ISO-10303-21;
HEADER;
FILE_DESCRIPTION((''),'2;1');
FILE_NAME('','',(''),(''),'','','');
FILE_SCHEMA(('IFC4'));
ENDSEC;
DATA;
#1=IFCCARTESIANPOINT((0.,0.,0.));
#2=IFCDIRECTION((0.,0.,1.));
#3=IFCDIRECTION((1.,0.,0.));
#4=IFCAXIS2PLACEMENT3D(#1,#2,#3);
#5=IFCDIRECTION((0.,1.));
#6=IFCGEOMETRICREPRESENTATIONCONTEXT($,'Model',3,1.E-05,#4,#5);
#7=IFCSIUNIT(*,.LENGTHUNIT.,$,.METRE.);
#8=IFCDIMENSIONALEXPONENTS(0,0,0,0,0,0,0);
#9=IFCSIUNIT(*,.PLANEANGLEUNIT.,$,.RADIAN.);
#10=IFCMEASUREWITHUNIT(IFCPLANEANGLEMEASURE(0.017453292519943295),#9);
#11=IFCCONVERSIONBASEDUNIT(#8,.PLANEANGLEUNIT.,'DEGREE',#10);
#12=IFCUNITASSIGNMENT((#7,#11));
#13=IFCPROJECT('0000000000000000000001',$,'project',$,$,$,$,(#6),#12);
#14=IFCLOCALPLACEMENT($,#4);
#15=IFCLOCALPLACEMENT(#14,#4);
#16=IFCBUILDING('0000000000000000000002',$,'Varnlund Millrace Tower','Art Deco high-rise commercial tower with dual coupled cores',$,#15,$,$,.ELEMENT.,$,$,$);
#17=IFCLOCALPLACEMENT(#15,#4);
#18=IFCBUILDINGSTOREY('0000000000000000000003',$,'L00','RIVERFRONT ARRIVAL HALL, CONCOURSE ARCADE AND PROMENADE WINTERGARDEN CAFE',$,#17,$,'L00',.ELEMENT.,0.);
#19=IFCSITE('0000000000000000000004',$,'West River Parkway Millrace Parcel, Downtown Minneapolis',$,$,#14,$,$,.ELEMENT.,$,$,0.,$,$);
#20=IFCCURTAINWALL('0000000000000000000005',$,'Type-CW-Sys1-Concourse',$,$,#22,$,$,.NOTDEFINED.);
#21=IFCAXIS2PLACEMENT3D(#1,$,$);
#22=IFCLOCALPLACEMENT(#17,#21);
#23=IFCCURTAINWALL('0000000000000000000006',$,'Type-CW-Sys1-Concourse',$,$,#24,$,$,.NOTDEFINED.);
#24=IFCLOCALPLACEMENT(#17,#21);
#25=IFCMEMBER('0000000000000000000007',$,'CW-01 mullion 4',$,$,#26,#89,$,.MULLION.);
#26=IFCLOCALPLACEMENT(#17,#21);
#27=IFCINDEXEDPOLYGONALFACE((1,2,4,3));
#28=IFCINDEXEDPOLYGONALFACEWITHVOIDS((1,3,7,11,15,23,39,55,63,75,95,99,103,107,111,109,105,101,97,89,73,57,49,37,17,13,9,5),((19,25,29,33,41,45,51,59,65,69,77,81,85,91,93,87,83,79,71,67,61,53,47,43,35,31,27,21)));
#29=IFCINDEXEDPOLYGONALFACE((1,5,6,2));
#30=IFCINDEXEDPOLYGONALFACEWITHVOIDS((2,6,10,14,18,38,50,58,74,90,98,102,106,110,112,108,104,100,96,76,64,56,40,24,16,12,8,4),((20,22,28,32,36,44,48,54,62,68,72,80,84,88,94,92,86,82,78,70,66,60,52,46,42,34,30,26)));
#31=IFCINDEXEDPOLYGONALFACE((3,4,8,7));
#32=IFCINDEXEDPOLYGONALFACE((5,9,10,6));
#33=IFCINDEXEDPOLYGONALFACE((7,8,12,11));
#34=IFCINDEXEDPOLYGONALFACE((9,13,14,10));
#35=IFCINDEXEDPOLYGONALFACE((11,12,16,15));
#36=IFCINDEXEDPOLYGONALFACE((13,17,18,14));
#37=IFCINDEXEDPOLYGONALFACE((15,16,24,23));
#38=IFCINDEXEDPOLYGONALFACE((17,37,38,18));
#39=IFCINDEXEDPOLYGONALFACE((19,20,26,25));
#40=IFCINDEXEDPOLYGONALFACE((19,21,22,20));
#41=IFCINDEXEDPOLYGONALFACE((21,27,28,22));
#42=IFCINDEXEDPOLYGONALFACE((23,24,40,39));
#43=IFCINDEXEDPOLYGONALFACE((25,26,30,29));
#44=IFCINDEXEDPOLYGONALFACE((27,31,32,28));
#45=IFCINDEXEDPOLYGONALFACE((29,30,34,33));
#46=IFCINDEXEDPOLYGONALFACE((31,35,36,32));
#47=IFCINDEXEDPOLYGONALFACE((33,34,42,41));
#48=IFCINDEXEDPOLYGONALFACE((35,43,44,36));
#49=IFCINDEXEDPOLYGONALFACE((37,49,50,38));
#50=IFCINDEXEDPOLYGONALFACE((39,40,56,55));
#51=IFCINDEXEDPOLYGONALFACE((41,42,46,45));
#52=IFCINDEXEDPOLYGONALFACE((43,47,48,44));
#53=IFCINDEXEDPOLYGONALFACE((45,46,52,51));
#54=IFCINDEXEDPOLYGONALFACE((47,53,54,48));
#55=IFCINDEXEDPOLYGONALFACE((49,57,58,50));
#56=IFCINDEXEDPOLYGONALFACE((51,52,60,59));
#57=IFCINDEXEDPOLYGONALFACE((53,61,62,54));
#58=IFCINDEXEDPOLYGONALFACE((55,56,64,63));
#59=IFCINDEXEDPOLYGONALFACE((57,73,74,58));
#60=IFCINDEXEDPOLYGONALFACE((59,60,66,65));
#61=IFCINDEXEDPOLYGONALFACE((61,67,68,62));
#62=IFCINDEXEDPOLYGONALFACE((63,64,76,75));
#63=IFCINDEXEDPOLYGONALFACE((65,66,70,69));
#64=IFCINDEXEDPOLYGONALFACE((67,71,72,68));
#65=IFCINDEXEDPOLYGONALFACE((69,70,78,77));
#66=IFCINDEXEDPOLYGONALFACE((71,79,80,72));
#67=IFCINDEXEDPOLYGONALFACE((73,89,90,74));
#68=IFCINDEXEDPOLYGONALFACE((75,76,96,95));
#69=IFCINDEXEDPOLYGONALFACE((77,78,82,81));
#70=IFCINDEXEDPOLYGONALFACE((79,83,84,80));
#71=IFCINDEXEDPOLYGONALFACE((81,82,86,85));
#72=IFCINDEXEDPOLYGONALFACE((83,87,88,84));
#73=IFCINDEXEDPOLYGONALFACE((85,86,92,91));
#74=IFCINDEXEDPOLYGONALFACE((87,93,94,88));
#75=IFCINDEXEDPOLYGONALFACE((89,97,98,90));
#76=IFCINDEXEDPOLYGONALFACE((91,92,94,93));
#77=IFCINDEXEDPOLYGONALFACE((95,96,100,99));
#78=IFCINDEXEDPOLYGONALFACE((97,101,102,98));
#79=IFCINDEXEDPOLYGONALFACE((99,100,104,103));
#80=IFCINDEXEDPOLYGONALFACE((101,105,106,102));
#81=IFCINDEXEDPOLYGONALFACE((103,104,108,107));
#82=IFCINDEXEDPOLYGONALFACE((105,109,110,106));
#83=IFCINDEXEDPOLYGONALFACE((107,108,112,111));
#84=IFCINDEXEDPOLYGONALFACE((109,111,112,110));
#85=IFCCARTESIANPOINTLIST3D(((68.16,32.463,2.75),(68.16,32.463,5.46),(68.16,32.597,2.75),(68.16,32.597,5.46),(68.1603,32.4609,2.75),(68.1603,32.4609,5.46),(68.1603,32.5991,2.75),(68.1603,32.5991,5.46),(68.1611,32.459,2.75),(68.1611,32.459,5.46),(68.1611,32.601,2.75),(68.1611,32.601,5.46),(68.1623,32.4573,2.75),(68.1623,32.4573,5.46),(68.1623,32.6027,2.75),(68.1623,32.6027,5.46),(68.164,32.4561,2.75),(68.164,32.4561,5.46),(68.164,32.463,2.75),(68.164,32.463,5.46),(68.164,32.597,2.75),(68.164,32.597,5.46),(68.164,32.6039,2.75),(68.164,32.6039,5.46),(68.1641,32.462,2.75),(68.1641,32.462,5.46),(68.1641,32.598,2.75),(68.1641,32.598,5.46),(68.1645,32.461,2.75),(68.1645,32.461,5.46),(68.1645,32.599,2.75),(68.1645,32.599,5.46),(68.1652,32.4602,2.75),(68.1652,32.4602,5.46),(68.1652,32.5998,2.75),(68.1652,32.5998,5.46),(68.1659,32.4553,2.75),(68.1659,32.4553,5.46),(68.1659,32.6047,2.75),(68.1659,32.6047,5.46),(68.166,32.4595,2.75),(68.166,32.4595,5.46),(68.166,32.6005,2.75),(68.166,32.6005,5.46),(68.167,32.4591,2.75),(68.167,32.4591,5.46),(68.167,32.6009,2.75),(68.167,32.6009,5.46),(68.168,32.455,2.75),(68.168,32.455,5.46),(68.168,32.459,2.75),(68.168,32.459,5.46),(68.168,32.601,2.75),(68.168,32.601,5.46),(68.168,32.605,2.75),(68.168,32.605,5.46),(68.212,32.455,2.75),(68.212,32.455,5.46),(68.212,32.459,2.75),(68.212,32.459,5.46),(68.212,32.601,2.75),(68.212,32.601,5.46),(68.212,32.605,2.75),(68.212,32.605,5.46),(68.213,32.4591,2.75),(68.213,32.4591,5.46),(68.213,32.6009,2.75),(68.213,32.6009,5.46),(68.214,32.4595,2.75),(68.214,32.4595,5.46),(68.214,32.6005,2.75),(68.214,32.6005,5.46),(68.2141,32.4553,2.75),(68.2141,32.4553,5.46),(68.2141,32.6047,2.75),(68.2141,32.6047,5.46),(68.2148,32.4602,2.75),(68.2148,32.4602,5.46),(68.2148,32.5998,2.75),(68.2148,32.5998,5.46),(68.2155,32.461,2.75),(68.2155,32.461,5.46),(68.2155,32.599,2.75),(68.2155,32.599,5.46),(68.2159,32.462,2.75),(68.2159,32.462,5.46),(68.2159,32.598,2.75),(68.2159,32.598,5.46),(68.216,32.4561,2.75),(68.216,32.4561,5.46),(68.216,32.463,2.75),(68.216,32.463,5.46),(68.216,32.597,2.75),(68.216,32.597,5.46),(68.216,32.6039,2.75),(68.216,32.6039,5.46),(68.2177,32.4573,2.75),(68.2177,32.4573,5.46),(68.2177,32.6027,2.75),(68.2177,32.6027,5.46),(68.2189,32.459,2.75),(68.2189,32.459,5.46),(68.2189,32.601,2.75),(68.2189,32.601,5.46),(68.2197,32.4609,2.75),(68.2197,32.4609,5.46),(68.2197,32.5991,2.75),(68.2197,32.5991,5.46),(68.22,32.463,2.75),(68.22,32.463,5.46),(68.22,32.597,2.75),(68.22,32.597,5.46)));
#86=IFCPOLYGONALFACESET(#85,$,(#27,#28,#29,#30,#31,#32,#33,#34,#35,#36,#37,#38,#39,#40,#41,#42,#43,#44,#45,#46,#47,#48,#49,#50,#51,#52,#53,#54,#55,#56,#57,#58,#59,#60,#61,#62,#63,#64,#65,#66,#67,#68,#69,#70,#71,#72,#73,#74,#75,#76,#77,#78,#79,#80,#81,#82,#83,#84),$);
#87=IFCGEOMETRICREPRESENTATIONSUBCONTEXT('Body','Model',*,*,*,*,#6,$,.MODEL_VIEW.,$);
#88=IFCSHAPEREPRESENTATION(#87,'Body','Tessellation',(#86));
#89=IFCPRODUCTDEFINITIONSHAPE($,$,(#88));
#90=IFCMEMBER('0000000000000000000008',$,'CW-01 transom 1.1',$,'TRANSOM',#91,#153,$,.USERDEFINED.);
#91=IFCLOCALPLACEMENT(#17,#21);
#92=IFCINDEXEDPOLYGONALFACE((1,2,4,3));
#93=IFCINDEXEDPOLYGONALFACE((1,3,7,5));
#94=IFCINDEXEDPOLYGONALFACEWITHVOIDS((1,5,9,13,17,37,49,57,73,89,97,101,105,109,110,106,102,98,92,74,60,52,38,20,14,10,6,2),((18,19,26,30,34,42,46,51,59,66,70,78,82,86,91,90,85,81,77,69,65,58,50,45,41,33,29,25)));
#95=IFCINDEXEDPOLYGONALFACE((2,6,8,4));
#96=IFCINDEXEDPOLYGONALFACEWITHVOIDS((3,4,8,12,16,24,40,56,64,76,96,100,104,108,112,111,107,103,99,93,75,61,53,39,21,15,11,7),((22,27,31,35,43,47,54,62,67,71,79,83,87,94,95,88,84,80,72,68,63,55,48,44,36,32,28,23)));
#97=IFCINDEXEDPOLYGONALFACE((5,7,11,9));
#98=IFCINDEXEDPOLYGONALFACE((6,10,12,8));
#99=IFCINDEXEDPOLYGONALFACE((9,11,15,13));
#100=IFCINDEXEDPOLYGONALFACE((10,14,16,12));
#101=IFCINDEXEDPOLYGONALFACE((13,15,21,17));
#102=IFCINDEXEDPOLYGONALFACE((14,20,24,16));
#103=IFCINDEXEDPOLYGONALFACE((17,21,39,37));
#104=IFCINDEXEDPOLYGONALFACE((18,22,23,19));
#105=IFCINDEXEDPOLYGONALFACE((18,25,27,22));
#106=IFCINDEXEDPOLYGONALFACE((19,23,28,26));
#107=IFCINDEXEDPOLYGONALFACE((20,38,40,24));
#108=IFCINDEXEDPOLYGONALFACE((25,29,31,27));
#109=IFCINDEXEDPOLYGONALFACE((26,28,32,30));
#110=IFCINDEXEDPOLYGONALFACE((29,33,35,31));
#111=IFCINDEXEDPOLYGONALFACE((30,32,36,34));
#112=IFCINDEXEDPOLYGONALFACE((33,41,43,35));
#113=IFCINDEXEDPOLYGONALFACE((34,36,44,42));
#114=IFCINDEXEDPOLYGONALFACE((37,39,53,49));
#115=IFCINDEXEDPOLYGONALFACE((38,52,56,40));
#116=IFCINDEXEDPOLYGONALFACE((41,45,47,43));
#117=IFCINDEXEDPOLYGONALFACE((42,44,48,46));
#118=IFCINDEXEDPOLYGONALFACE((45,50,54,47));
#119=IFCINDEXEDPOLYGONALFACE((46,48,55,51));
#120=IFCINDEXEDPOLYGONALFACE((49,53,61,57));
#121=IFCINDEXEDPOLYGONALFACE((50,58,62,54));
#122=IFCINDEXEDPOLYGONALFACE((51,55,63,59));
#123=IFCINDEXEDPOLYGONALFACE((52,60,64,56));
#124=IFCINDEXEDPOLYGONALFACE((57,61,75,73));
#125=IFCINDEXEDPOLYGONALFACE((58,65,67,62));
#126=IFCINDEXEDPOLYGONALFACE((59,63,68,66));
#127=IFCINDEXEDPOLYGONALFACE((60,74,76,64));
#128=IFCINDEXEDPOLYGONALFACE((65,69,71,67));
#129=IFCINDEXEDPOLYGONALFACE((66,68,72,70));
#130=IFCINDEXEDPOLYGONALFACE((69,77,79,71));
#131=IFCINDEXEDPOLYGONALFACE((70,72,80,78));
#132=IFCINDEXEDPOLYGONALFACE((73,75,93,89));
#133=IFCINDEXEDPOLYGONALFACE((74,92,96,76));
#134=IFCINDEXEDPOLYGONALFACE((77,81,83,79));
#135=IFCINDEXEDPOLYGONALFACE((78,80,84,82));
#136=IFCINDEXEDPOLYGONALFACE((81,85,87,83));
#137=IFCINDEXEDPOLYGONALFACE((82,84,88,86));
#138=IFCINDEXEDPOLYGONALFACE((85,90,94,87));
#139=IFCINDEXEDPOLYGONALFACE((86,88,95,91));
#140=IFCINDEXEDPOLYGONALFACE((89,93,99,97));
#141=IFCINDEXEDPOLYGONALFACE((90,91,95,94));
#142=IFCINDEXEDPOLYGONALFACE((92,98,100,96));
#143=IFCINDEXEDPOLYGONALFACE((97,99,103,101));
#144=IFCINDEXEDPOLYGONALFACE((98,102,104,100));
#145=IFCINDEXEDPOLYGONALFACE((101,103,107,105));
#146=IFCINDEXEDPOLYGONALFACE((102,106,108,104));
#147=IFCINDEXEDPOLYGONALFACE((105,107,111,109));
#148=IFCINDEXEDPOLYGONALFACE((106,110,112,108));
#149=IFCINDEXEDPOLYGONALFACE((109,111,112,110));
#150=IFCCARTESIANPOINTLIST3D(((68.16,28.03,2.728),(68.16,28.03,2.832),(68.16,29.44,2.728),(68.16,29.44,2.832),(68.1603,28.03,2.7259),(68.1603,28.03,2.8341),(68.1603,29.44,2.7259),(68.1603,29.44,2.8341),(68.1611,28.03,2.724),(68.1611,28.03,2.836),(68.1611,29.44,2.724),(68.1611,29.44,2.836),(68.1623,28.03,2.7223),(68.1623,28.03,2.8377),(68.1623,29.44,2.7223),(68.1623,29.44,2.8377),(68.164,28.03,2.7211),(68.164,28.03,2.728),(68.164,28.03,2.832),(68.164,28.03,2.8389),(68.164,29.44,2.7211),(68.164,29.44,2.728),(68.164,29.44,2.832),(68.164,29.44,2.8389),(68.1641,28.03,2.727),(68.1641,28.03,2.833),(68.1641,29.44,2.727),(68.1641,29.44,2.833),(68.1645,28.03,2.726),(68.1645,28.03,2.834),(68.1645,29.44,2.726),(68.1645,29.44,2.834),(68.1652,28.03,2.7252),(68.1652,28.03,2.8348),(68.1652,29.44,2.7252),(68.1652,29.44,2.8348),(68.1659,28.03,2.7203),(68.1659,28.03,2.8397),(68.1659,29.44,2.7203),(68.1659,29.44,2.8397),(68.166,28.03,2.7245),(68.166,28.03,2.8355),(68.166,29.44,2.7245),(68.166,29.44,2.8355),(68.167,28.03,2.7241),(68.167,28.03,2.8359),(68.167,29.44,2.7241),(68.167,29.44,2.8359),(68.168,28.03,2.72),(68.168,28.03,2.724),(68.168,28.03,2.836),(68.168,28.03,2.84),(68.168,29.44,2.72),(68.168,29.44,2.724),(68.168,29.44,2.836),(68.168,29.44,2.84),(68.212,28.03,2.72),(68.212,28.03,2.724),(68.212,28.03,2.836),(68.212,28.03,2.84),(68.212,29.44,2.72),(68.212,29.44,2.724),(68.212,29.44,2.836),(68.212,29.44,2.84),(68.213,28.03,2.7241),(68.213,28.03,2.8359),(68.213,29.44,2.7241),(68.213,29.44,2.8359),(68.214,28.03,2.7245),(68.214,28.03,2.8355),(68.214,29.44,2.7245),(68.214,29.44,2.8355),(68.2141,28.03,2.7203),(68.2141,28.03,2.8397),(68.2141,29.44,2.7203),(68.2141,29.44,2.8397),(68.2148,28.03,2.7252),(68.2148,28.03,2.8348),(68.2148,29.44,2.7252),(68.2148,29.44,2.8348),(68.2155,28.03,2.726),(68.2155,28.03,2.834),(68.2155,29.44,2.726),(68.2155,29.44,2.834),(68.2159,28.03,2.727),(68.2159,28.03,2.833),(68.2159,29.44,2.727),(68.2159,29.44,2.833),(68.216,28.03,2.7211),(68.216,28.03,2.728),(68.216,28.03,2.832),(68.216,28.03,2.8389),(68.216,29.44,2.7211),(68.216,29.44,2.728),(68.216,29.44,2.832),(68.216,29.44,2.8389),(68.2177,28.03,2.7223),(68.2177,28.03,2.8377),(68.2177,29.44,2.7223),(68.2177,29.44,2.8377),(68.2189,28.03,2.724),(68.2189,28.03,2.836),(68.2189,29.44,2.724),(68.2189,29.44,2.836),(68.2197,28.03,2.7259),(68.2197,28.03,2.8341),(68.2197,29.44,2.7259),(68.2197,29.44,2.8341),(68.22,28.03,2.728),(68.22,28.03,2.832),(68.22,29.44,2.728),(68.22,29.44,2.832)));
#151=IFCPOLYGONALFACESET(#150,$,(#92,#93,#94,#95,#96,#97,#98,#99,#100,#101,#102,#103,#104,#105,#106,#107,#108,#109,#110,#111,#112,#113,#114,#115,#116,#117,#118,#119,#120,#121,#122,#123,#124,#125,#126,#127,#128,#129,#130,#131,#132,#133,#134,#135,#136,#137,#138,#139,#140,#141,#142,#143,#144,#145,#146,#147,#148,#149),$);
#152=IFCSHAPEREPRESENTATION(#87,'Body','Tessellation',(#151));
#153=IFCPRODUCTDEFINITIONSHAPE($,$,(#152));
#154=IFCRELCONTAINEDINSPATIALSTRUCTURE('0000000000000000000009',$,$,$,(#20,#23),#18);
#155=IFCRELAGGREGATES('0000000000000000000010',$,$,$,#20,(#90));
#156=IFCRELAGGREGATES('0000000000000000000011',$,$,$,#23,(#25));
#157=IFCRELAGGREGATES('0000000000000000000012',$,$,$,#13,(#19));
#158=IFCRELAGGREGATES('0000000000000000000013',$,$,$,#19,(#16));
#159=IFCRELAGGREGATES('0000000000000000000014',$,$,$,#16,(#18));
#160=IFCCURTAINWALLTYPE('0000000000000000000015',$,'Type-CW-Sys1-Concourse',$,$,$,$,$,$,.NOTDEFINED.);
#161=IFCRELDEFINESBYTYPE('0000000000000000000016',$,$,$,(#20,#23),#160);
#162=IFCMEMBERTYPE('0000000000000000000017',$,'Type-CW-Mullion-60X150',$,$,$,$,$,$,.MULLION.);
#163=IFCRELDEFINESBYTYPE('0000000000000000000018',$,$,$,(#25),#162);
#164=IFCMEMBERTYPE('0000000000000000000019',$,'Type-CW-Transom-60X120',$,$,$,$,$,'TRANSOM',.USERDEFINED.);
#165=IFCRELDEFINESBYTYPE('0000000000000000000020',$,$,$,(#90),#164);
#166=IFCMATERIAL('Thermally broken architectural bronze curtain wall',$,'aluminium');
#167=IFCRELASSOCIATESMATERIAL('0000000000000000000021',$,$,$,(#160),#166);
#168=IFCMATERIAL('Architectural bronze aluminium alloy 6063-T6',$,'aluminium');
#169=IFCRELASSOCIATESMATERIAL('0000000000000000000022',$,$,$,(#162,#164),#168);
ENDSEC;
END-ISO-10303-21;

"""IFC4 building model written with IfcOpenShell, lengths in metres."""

from ifc_helpers import new_model, entity, si_unit, converted_unit, direction, frame, origin_with_axes, origin_2d_with_axis, place, context, subcontext, project, spatial, hollow_rectangle, extrude, material, material_profile, profile_set, type_object, element, aggregate, save


model = new_model("IFC4")

# Units and contexts
model_context = context("Model", 3, precision=1e-05, world=origin_with_axes(), true_north=direction((0.0, 1.0)))
body_context = subcontext(model_context, "Body", "Model", "MODEL_VIEW")
ifc_project = project(units=[si_unit("LENGTHUNIT", "METRE"), converted_unit("PLANEANGLEUNIT", "DEGREE", entity("IfcPlaneAngleMeasure", 0.017453292519943295), si_unit("PLANEANGLEUNIT", "RADIAN"), dimensions=[0, 0, 0, 0, 0, 0, 0])], contexts=[model_context])

# Site, building, storey
site_placement = place(None, origin_with_axes())
site = spatial("IfcSite", under=ifc_project, at=site_placement, Name="West River Parkway Millrace Parcel, Downtown Minneapolis", CompositionType="ELEMENT", RefElevation=0.0)
building_placement = place(site_placement, origin_with_axes())
building = spatial("IfcBuilding", under=site, at=building_placement, Name="Varnlund Millrace Tower", Description="Art Deco high-rise commercial tower with dual coupled cores", CompositionType="ELEMENT")
storey_placement = place(building_placement, origin_with_axes())
storey = spatial("IfcBuildingStorey", under=building, at=storey_placement, Name="L00", Description="RIVERFRONT ARRIVAL HALL, CONCOURSE ARCADE AND PROMENADE WINTERGARDEN CAFE", LongName="L00", CompositionType="ELEMENT", Elevation=0.0)

# Curtain wall
ifc_material_1 = material(Name="Thermally broken architectural bronze curtain wall", Category="aluminium")
curtain_wall_type = type_object("IfcCurtainWallType", Name="Type-CW-Sys1-Concourse", PredefinedType="NOTDEFINED", material=ifc_material_1)
curtain_wall_1_placement = place(storey_placement, frame((68.19, 29.5, 2.75), z_axis=(0.0, 0.0, 1.0), x_axis=(1.0, 0.0, 0.0)))
curtain_wall_1 = element("IfcCurtainWall", 1, at=curtain_wall_1_placement, inside=storey, type_object=curtain_wall_type, Name="Type-CW-Sys1-Concourse", PredefinedType="NOTDEFINED")
ifc_material_2 = material(Name="Architectural bronze aluminium alloy 6063-T6", Category="aluminium")
ifc_material_profile_1 = material_profile(ifc_material_2, hollow_rectangle(XDim=0.06, YDim=0.15, WallThickness=0.004, InnerFilletRadius=0.004, OuterFilletRadius=0.008, at=origin_2d_with_axis()), Name="Architectural bronze aluminium alloy 6063-T6")
ifc_profile_set_1 = profile_set([ifc_material_profile_1], Name="Architectural bronze aluminium alloy 6063-T6")
member_type_1 = type_object("IfcMemberType", Name="Type-CW-Mullion-60X150", PredefinedType="MULLION", material=ifc_profile_set_1)

# Curtain wall, member
curtain_wall_2_placement = place(storey_placement, frame((68.19, 37.0, 2.75), z_axis=(0.0, 0.0, 1.0), x_axis=(1.0, 0.0, 0.0)))
curtain_wall_2 = element("IfcCurtainWall", 2, at=curtain_wall_2_placement, inside=storey, type_object=curtain_wall_type, Name="Type-CW-Sys1-Concourse", PredefinedType="NOTDEFINED")
member_1_placement = place(storey_placement, frame((68.19, 32.53, 2.75), z_axis=(0.0, 0.0, 1.0), x_axis=(1.0, 0.0, 0.0)))
member_1 = element("IfcMember", 3, at=member_1_placement, type_object=member_type_1, Name="CW-01 mullion 4", PredefinedType="MULLION", context=body_context, shape_type="SweptSolid", body=[
    extrude(hollow_rectangle(XDim=0.06, YDim=0.15, WallThickness=0.004, InnerFilletRadius=0.004, OuterFilletRadius=0.008, at=origin_2d_with_axis()), origin_with_axes(), (0.0, 0.0, 1.0), 2.71),
])

# Member
ifc_material_profile_2 = material_profile(ifc_material_2, hollow_rectangle(XDim=0.06, YDim=0.12, WallThickness=0.004, InnerFilletRadius=0.004, OuterFilletRadius=0.008, at=origin_2d_with_axis()), Name="Architectural bronze aluminium alloy 6063-T6")
ifc_profile_set_2 = profile_set([ifc_material_profile_2], Name="Architectural bronze aluminium alloy 6063-T6")
member_type_2 = type_object("IfcMemberType", Name="Type-CW-Transom-60X120", ElementType="TRANSOM", PredefinedType="USERDEFINED", material=ifc_profile_set_2)
member_2_placement = place(storey_placement, frame((68.19, 29.44, 2.78), z_axis=(0.0, -1.0, 0.0), x_axis=(1.0, 0.0, 0.0)))
member_2 = element("IfcMember", 4, at=member_2_placement, type_object=member_type_2, Name="CW-01 transom 1.1", ObjectType="TRANSOM", PredefinedType="USERDEFINED", context=body_context, shape_type="SweptSolid", body=[
    extrude(hollow_rectangle(XDim=0.06, YDim=0.12, WallThickness=0.004, InnerFilletRadius=0.004, OuterFilletRadius=0.008, at=origin_2d_with_axis()), origin_with_axes(), (0.0, 0.0, 1.0), 1.41),
])

aggregate(curtain_wall_1, [member_2])
aggregate(curtain_wall_2, [member_1])

save(model, "model.ifc")
